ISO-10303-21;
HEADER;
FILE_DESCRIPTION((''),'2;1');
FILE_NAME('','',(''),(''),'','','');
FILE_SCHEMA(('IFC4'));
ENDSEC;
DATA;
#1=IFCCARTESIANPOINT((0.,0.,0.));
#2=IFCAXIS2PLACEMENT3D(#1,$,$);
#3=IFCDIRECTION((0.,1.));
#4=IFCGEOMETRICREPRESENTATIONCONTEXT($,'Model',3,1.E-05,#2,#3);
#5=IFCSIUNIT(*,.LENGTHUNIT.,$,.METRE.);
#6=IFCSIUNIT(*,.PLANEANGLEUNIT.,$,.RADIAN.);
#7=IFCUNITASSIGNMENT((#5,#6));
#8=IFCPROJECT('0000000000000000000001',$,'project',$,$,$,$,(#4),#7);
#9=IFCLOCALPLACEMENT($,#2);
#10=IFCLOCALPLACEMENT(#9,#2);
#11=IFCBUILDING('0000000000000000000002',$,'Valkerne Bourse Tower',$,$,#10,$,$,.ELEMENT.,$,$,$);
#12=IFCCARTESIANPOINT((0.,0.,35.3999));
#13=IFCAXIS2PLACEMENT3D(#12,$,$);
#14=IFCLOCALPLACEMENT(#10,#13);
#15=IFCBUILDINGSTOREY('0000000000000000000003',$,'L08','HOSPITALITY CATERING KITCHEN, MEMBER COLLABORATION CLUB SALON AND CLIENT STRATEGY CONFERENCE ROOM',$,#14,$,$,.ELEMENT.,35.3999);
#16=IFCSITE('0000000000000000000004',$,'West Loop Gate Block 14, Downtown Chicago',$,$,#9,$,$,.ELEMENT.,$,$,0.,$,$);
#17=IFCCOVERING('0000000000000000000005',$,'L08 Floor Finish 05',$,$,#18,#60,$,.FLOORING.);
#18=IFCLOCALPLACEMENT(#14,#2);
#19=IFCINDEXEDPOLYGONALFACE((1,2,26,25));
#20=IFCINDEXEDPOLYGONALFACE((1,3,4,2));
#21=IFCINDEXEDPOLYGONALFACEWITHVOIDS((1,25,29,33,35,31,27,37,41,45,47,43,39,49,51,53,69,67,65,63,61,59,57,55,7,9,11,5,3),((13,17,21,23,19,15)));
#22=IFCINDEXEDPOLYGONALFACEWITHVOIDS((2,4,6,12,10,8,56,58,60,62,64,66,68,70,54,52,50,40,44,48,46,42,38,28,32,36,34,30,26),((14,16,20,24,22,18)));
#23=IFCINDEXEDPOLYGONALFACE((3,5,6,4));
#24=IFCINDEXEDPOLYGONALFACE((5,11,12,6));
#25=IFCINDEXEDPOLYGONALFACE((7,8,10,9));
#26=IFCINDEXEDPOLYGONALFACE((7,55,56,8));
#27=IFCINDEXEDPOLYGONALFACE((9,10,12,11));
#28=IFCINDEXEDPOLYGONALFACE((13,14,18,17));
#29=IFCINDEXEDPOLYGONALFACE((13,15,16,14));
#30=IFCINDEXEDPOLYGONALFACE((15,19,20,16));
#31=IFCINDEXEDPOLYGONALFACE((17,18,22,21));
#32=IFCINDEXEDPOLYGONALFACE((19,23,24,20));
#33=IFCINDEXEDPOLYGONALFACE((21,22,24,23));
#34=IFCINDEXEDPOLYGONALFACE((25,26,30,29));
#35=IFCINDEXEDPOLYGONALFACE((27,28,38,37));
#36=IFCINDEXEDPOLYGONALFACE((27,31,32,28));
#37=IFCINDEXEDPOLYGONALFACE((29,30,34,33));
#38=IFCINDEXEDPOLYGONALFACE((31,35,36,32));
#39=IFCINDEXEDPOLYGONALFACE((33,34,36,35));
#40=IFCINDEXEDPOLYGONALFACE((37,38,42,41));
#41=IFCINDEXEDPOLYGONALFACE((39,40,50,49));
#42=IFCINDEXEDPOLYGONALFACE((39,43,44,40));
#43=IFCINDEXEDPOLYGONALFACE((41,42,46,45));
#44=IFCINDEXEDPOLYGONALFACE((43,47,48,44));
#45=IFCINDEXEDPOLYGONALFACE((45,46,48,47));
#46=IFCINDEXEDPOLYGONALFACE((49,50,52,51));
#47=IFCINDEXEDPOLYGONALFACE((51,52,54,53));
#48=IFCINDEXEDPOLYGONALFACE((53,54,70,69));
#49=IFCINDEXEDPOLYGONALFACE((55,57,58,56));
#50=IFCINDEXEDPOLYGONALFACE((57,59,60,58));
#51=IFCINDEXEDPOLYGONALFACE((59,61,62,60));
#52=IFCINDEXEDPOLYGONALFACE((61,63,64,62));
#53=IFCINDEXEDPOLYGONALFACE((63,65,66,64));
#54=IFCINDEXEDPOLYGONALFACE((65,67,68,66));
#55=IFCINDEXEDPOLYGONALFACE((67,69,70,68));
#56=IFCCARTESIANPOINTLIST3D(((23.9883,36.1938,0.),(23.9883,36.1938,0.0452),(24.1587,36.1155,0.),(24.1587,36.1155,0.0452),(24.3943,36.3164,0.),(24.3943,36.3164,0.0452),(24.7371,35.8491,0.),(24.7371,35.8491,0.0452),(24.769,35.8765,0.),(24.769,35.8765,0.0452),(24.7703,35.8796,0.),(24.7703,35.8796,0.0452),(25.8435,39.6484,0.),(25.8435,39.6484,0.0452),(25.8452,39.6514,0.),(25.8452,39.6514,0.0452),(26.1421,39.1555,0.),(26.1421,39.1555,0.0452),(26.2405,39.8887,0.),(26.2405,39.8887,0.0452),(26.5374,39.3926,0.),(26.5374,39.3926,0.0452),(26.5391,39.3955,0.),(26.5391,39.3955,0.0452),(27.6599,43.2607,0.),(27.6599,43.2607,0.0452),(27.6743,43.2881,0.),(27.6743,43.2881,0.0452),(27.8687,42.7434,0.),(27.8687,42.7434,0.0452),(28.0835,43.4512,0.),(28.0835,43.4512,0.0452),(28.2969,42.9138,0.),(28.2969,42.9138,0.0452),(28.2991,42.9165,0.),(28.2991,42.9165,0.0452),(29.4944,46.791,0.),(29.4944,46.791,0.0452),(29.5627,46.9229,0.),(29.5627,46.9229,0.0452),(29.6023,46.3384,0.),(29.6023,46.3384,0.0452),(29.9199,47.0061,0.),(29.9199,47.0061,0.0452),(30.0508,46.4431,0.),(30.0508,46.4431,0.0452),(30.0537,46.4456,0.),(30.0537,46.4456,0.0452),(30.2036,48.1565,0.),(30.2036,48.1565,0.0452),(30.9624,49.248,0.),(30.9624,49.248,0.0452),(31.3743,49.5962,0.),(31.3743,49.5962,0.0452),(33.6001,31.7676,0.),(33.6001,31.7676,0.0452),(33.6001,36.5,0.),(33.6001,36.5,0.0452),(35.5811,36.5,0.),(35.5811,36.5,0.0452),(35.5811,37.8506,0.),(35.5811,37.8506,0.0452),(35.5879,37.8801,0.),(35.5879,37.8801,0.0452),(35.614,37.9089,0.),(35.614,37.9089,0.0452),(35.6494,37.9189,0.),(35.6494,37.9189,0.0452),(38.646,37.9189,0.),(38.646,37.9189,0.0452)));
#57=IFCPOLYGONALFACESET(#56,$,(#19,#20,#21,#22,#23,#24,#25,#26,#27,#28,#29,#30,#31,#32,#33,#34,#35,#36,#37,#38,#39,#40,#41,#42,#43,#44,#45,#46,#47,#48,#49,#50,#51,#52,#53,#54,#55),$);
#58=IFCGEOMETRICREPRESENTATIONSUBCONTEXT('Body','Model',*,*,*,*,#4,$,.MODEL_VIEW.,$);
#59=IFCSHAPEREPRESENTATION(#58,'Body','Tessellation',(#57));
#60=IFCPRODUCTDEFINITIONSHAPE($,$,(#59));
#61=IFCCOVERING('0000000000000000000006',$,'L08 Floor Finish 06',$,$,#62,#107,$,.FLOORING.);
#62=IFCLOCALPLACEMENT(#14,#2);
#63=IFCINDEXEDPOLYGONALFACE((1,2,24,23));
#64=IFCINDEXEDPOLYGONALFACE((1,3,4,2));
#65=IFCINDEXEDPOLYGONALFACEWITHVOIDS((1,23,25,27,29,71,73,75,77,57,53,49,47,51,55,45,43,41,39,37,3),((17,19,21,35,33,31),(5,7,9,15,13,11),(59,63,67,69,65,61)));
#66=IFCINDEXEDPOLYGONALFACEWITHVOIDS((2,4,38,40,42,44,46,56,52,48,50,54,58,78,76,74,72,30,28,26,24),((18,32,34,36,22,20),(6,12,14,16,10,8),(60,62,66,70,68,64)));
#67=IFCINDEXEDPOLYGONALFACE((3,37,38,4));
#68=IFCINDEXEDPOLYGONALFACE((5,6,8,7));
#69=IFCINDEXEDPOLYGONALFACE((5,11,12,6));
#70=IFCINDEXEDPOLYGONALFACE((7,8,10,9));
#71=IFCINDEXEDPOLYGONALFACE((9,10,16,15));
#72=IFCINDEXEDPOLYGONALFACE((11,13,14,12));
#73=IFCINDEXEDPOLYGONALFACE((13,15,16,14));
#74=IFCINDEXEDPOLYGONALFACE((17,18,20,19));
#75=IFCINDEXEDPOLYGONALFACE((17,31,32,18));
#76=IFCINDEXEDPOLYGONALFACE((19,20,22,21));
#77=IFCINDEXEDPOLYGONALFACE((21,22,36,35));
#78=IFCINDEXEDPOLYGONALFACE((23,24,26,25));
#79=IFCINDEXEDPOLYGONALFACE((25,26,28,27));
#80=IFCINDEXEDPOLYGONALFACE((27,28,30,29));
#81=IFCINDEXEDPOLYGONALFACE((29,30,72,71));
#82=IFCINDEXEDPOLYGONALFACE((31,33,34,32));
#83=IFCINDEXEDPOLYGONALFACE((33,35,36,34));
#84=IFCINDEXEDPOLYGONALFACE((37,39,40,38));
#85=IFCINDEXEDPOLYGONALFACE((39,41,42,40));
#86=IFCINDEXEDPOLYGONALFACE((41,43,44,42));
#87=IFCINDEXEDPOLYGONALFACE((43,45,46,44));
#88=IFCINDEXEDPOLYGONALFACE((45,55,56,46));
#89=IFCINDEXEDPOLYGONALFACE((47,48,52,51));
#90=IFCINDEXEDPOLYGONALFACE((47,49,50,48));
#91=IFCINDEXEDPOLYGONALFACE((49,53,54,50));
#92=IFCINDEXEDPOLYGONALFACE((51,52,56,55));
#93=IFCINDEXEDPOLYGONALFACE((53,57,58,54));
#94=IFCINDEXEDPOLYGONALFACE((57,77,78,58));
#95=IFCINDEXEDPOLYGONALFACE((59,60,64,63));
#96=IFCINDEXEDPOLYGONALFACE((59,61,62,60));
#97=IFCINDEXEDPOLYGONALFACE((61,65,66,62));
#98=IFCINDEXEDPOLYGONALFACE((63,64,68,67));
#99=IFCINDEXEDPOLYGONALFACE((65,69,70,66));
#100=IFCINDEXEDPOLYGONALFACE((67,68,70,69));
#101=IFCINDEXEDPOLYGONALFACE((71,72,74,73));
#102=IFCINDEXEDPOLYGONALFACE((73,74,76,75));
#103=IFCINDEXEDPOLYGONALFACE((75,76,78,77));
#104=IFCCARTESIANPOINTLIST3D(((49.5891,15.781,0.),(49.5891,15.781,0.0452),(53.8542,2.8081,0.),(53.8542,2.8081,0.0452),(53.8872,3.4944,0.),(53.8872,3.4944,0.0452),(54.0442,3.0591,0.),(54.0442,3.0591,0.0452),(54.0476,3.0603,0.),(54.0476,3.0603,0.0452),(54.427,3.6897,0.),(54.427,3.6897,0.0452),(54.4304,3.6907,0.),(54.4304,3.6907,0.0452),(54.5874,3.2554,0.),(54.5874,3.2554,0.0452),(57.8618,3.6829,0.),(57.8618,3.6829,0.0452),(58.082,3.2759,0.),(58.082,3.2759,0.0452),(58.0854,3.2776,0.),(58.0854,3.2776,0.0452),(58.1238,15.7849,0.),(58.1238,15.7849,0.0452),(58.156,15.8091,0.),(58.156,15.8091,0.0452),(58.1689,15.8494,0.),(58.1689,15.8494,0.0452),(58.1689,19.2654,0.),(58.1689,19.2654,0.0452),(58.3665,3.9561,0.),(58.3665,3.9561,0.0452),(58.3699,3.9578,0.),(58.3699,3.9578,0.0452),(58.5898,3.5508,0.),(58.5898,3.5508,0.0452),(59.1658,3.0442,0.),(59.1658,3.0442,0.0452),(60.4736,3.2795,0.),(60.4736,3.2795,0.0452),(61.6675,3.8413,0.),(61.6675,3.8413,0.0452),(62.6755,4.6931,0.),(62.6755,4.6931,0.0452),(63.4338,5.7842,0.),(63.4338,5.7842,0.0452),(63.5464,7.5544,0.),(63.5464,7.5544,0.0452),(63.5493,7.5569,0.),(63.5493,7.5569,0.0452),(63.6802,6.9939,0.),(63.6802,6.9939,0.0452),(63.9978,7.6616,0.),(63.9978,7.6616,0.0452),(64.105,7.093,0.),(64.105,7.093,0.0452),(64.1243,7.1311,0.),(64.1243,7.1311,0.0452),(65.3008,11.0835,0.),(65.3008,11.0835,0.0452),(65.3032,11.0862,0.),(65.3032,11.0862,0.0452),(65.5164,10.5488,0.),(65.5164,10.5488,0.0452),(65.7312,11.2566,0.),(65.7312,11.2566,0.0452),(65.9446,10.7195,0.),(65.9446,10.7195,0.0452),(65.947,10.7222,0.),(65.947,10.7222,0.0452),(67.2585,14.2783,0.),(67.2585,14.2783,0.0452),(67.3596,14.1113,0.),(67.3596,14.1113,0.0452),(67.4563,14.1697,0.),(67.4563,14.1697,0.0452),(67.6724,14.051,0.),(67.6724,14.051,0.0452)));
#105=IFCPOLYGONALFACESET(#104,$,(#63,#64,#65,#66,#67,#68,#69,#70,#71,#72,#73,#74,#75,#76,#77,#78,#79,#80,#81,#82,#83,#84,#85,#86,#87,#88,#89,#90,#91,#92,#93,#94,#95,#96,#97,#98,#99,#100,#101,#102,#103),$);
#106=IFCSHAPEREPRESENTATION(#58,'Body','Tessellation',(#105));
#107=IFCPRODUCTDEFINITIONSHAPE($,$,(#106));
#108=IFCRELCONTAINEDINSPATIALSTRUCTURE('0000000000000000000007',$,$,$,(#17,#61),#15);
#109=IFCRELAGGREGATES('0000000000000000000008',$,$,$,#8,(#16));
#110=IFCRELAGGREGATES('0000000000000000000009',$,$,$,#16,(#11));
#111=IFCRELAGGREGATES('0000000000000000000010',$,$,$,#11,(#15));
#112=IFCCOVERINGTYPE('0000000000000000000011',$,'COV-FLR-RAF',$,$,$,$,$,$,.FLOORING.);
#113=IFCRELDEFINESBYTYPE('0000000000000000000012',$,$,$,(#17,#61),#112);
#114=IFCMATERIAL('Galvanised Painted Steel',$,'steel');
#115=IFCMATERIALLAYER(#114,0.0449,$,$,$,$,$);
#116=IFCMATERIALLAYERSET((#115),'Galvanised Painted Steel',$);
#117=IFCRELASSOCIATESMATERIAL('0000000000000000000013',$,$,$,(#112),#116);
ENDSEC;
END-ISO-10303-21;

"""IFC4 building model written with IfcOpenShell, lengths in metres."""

from ifc_helpers import new_model, si_unit, direction, frame, origin, place, context, subcontext, project, spatial, polyline, outline, extrude, material, layer, layer_set, type_object, element, save


model = new_model("IFC4")

# Units and contexts
model_context = context("Model", 3, precision=1e-05, world=origin(), true_north=direction((0.0, 1.0)))
body_context = subcontext(model_context, "Body", "Model", "MODEL_VIEW")
ifc_project = project(units=[si_unit("LENGTHUNIT", "METRE"), si_unit("PLANEANGLEUNIT", "RADIAN")], contexts=[model_context])

# Site, building, storey
site_placement = place(None, origin())
site = spatial("IfcSite", under=ifc_project, at=site_placement, Name="West Loop Gate Block 14, Downtown Chicago", CompositionType="ELEMENT", RefElevation=0.0)
building_placement = place(site_placement, origin())
building = spatial("IfcBuilding", under=site, at=building_placement, Name="Valkerne Bourse Tower", CompositionType="ELEMENT")
storey_placement = place(building_placement, frame((0.0, 0.0, 35.3999)))
storey = spatial("IfcBuildingStorey", under=building, at=storey_placement, Name="L08", Description="HOSPITALITY CATERING KITCHEN, MEMBER COLLABORATION CLUB SALON AND CLIENT STRATEGY CONFERENCE ROOM", CompositionType="ELEMENT", Elevation=35.3999)

# Coverings
ifc_material_1 = material(Name="Galvanised Painted Steel", Category="steel")
ifc_layer_1 = layer(ifc_material_1, 0.0449)
ifc_layer_set_1 = layer_set([ifc_layer_1], Name="Galvanised Painted Steel")
covering_type_1 = type_object("IfcCoveringType", Name="COV-FLR-RAF", PredefinedType="FLOORING", material=ifc_layer_set_1)
covering_1_placement = place(storey_placement, origin())
element("IfcCovering", 1, at=covering_1_placement, inside=storey, type_object=covering_type_1, Name="L08 Floor Finish 05", PredefinedType="FLOORING", context=body_context, shape_type="SweptSolid", body=[
    extrude(outline(polyline([(31.3743, 49.5962), (38.646, 37.9189), (35.6494, 37.9189), (35.614, 37.9089), (35.5879, 37.8801), (35.5811, 37.8506), (35.5811, 36.5), (33.6001, 36.5), (33.6001, 31.7676), (24.7371, 35.8491), (24.769, 35.8765), (24.7703, 35.8796), (24.3943, 36.3164), (24.1587, 36.1155), (23.9883, 36.1938), (27.6599, 43.2607), (27.8687, 42.7434), (28.2969, 42.9138), (28.2991, 42.9165), (28.0835, 43.4512), (27.6743, 43.2881), (29.4944, 46.791), (29.6023, 46.3384), (30.0508, 46.4431), (30.0537, 46.4456), (29.9199, 47.0061), (29.5627, 46.9229), (30.2036, 48.1565), (30.9624, 49.248), (31.3743, 49.5962)]), holes=[polyline([(26.5374, 39.3926), (26.5391, 39.3955), (26.2405, 39.8887), (25.8452, 39.6514), (25.8435, 39.6484), (26.1421, 39.1555), (26.5374, 39.3926)])]), origin(), (0.0, 0.0, 1.0), 0.0452),
])
covering_2_placement = place(storey_placement, origin())
element("IfcCovering", 2, at=covering_2_placement, inside=storey, type_object=covering_type_1, Name="L08 Floor Finish 06", PredefinedType="FLOORING", context=body_context, shape_type="SweptSolid", body=[
    extrude(outline(polyline([(60.4736, 3.2795), (59.1658, 3.0442), (53.8542, 2.8081), (49.5891, 15.781), (58.1238, 15.7849), (58.156, 15.8091), (58.1689, 15.8494), (58.1689, 19.2654), (67.2585, 14.2783), (67.3596, 14.1113), (67.4563, 14.1697), (67.6724, 14.051), (64.1243, 7.1311), (63.9978, 7.6616), (63.5493, 7.5569), (63.5464, 7.5544), (63.6802, 6.9939), (64.105, 7.093), (63.4338, 5.7842), (62.6755, 4.6931), (61.6675, 3.8413), (60.4736, 3.2795)]), holes=[polyline([(54.5874, 3.2554), (54.4304, 3.6907), (54.427, 3.6897), (53.8872, 3.4944), (54.0442, 3.0591), (54.0476, 3.0603), (54.5874, 3.2554)]), polyline([(58.5898, 3.5508), (58.3699, 3.9578), (58.3665, 3.9561), (57.8618, 3.6829), (58.082, 3.2759), (58.0854, 3.2776), (58.5898, 3.5508)]), polyline([(65.9446, 10.7195), (65.947, 10.7222), (65.7312, 11.2566), (65.3032, 11.0862), (65.3008, 11.0835), (65.5164, 10.5488), (65.9446, 10.7195)])]), origin(), (0.0, 0.0, 1.0), 0.0452),
])

save(model, "model.ifc")
